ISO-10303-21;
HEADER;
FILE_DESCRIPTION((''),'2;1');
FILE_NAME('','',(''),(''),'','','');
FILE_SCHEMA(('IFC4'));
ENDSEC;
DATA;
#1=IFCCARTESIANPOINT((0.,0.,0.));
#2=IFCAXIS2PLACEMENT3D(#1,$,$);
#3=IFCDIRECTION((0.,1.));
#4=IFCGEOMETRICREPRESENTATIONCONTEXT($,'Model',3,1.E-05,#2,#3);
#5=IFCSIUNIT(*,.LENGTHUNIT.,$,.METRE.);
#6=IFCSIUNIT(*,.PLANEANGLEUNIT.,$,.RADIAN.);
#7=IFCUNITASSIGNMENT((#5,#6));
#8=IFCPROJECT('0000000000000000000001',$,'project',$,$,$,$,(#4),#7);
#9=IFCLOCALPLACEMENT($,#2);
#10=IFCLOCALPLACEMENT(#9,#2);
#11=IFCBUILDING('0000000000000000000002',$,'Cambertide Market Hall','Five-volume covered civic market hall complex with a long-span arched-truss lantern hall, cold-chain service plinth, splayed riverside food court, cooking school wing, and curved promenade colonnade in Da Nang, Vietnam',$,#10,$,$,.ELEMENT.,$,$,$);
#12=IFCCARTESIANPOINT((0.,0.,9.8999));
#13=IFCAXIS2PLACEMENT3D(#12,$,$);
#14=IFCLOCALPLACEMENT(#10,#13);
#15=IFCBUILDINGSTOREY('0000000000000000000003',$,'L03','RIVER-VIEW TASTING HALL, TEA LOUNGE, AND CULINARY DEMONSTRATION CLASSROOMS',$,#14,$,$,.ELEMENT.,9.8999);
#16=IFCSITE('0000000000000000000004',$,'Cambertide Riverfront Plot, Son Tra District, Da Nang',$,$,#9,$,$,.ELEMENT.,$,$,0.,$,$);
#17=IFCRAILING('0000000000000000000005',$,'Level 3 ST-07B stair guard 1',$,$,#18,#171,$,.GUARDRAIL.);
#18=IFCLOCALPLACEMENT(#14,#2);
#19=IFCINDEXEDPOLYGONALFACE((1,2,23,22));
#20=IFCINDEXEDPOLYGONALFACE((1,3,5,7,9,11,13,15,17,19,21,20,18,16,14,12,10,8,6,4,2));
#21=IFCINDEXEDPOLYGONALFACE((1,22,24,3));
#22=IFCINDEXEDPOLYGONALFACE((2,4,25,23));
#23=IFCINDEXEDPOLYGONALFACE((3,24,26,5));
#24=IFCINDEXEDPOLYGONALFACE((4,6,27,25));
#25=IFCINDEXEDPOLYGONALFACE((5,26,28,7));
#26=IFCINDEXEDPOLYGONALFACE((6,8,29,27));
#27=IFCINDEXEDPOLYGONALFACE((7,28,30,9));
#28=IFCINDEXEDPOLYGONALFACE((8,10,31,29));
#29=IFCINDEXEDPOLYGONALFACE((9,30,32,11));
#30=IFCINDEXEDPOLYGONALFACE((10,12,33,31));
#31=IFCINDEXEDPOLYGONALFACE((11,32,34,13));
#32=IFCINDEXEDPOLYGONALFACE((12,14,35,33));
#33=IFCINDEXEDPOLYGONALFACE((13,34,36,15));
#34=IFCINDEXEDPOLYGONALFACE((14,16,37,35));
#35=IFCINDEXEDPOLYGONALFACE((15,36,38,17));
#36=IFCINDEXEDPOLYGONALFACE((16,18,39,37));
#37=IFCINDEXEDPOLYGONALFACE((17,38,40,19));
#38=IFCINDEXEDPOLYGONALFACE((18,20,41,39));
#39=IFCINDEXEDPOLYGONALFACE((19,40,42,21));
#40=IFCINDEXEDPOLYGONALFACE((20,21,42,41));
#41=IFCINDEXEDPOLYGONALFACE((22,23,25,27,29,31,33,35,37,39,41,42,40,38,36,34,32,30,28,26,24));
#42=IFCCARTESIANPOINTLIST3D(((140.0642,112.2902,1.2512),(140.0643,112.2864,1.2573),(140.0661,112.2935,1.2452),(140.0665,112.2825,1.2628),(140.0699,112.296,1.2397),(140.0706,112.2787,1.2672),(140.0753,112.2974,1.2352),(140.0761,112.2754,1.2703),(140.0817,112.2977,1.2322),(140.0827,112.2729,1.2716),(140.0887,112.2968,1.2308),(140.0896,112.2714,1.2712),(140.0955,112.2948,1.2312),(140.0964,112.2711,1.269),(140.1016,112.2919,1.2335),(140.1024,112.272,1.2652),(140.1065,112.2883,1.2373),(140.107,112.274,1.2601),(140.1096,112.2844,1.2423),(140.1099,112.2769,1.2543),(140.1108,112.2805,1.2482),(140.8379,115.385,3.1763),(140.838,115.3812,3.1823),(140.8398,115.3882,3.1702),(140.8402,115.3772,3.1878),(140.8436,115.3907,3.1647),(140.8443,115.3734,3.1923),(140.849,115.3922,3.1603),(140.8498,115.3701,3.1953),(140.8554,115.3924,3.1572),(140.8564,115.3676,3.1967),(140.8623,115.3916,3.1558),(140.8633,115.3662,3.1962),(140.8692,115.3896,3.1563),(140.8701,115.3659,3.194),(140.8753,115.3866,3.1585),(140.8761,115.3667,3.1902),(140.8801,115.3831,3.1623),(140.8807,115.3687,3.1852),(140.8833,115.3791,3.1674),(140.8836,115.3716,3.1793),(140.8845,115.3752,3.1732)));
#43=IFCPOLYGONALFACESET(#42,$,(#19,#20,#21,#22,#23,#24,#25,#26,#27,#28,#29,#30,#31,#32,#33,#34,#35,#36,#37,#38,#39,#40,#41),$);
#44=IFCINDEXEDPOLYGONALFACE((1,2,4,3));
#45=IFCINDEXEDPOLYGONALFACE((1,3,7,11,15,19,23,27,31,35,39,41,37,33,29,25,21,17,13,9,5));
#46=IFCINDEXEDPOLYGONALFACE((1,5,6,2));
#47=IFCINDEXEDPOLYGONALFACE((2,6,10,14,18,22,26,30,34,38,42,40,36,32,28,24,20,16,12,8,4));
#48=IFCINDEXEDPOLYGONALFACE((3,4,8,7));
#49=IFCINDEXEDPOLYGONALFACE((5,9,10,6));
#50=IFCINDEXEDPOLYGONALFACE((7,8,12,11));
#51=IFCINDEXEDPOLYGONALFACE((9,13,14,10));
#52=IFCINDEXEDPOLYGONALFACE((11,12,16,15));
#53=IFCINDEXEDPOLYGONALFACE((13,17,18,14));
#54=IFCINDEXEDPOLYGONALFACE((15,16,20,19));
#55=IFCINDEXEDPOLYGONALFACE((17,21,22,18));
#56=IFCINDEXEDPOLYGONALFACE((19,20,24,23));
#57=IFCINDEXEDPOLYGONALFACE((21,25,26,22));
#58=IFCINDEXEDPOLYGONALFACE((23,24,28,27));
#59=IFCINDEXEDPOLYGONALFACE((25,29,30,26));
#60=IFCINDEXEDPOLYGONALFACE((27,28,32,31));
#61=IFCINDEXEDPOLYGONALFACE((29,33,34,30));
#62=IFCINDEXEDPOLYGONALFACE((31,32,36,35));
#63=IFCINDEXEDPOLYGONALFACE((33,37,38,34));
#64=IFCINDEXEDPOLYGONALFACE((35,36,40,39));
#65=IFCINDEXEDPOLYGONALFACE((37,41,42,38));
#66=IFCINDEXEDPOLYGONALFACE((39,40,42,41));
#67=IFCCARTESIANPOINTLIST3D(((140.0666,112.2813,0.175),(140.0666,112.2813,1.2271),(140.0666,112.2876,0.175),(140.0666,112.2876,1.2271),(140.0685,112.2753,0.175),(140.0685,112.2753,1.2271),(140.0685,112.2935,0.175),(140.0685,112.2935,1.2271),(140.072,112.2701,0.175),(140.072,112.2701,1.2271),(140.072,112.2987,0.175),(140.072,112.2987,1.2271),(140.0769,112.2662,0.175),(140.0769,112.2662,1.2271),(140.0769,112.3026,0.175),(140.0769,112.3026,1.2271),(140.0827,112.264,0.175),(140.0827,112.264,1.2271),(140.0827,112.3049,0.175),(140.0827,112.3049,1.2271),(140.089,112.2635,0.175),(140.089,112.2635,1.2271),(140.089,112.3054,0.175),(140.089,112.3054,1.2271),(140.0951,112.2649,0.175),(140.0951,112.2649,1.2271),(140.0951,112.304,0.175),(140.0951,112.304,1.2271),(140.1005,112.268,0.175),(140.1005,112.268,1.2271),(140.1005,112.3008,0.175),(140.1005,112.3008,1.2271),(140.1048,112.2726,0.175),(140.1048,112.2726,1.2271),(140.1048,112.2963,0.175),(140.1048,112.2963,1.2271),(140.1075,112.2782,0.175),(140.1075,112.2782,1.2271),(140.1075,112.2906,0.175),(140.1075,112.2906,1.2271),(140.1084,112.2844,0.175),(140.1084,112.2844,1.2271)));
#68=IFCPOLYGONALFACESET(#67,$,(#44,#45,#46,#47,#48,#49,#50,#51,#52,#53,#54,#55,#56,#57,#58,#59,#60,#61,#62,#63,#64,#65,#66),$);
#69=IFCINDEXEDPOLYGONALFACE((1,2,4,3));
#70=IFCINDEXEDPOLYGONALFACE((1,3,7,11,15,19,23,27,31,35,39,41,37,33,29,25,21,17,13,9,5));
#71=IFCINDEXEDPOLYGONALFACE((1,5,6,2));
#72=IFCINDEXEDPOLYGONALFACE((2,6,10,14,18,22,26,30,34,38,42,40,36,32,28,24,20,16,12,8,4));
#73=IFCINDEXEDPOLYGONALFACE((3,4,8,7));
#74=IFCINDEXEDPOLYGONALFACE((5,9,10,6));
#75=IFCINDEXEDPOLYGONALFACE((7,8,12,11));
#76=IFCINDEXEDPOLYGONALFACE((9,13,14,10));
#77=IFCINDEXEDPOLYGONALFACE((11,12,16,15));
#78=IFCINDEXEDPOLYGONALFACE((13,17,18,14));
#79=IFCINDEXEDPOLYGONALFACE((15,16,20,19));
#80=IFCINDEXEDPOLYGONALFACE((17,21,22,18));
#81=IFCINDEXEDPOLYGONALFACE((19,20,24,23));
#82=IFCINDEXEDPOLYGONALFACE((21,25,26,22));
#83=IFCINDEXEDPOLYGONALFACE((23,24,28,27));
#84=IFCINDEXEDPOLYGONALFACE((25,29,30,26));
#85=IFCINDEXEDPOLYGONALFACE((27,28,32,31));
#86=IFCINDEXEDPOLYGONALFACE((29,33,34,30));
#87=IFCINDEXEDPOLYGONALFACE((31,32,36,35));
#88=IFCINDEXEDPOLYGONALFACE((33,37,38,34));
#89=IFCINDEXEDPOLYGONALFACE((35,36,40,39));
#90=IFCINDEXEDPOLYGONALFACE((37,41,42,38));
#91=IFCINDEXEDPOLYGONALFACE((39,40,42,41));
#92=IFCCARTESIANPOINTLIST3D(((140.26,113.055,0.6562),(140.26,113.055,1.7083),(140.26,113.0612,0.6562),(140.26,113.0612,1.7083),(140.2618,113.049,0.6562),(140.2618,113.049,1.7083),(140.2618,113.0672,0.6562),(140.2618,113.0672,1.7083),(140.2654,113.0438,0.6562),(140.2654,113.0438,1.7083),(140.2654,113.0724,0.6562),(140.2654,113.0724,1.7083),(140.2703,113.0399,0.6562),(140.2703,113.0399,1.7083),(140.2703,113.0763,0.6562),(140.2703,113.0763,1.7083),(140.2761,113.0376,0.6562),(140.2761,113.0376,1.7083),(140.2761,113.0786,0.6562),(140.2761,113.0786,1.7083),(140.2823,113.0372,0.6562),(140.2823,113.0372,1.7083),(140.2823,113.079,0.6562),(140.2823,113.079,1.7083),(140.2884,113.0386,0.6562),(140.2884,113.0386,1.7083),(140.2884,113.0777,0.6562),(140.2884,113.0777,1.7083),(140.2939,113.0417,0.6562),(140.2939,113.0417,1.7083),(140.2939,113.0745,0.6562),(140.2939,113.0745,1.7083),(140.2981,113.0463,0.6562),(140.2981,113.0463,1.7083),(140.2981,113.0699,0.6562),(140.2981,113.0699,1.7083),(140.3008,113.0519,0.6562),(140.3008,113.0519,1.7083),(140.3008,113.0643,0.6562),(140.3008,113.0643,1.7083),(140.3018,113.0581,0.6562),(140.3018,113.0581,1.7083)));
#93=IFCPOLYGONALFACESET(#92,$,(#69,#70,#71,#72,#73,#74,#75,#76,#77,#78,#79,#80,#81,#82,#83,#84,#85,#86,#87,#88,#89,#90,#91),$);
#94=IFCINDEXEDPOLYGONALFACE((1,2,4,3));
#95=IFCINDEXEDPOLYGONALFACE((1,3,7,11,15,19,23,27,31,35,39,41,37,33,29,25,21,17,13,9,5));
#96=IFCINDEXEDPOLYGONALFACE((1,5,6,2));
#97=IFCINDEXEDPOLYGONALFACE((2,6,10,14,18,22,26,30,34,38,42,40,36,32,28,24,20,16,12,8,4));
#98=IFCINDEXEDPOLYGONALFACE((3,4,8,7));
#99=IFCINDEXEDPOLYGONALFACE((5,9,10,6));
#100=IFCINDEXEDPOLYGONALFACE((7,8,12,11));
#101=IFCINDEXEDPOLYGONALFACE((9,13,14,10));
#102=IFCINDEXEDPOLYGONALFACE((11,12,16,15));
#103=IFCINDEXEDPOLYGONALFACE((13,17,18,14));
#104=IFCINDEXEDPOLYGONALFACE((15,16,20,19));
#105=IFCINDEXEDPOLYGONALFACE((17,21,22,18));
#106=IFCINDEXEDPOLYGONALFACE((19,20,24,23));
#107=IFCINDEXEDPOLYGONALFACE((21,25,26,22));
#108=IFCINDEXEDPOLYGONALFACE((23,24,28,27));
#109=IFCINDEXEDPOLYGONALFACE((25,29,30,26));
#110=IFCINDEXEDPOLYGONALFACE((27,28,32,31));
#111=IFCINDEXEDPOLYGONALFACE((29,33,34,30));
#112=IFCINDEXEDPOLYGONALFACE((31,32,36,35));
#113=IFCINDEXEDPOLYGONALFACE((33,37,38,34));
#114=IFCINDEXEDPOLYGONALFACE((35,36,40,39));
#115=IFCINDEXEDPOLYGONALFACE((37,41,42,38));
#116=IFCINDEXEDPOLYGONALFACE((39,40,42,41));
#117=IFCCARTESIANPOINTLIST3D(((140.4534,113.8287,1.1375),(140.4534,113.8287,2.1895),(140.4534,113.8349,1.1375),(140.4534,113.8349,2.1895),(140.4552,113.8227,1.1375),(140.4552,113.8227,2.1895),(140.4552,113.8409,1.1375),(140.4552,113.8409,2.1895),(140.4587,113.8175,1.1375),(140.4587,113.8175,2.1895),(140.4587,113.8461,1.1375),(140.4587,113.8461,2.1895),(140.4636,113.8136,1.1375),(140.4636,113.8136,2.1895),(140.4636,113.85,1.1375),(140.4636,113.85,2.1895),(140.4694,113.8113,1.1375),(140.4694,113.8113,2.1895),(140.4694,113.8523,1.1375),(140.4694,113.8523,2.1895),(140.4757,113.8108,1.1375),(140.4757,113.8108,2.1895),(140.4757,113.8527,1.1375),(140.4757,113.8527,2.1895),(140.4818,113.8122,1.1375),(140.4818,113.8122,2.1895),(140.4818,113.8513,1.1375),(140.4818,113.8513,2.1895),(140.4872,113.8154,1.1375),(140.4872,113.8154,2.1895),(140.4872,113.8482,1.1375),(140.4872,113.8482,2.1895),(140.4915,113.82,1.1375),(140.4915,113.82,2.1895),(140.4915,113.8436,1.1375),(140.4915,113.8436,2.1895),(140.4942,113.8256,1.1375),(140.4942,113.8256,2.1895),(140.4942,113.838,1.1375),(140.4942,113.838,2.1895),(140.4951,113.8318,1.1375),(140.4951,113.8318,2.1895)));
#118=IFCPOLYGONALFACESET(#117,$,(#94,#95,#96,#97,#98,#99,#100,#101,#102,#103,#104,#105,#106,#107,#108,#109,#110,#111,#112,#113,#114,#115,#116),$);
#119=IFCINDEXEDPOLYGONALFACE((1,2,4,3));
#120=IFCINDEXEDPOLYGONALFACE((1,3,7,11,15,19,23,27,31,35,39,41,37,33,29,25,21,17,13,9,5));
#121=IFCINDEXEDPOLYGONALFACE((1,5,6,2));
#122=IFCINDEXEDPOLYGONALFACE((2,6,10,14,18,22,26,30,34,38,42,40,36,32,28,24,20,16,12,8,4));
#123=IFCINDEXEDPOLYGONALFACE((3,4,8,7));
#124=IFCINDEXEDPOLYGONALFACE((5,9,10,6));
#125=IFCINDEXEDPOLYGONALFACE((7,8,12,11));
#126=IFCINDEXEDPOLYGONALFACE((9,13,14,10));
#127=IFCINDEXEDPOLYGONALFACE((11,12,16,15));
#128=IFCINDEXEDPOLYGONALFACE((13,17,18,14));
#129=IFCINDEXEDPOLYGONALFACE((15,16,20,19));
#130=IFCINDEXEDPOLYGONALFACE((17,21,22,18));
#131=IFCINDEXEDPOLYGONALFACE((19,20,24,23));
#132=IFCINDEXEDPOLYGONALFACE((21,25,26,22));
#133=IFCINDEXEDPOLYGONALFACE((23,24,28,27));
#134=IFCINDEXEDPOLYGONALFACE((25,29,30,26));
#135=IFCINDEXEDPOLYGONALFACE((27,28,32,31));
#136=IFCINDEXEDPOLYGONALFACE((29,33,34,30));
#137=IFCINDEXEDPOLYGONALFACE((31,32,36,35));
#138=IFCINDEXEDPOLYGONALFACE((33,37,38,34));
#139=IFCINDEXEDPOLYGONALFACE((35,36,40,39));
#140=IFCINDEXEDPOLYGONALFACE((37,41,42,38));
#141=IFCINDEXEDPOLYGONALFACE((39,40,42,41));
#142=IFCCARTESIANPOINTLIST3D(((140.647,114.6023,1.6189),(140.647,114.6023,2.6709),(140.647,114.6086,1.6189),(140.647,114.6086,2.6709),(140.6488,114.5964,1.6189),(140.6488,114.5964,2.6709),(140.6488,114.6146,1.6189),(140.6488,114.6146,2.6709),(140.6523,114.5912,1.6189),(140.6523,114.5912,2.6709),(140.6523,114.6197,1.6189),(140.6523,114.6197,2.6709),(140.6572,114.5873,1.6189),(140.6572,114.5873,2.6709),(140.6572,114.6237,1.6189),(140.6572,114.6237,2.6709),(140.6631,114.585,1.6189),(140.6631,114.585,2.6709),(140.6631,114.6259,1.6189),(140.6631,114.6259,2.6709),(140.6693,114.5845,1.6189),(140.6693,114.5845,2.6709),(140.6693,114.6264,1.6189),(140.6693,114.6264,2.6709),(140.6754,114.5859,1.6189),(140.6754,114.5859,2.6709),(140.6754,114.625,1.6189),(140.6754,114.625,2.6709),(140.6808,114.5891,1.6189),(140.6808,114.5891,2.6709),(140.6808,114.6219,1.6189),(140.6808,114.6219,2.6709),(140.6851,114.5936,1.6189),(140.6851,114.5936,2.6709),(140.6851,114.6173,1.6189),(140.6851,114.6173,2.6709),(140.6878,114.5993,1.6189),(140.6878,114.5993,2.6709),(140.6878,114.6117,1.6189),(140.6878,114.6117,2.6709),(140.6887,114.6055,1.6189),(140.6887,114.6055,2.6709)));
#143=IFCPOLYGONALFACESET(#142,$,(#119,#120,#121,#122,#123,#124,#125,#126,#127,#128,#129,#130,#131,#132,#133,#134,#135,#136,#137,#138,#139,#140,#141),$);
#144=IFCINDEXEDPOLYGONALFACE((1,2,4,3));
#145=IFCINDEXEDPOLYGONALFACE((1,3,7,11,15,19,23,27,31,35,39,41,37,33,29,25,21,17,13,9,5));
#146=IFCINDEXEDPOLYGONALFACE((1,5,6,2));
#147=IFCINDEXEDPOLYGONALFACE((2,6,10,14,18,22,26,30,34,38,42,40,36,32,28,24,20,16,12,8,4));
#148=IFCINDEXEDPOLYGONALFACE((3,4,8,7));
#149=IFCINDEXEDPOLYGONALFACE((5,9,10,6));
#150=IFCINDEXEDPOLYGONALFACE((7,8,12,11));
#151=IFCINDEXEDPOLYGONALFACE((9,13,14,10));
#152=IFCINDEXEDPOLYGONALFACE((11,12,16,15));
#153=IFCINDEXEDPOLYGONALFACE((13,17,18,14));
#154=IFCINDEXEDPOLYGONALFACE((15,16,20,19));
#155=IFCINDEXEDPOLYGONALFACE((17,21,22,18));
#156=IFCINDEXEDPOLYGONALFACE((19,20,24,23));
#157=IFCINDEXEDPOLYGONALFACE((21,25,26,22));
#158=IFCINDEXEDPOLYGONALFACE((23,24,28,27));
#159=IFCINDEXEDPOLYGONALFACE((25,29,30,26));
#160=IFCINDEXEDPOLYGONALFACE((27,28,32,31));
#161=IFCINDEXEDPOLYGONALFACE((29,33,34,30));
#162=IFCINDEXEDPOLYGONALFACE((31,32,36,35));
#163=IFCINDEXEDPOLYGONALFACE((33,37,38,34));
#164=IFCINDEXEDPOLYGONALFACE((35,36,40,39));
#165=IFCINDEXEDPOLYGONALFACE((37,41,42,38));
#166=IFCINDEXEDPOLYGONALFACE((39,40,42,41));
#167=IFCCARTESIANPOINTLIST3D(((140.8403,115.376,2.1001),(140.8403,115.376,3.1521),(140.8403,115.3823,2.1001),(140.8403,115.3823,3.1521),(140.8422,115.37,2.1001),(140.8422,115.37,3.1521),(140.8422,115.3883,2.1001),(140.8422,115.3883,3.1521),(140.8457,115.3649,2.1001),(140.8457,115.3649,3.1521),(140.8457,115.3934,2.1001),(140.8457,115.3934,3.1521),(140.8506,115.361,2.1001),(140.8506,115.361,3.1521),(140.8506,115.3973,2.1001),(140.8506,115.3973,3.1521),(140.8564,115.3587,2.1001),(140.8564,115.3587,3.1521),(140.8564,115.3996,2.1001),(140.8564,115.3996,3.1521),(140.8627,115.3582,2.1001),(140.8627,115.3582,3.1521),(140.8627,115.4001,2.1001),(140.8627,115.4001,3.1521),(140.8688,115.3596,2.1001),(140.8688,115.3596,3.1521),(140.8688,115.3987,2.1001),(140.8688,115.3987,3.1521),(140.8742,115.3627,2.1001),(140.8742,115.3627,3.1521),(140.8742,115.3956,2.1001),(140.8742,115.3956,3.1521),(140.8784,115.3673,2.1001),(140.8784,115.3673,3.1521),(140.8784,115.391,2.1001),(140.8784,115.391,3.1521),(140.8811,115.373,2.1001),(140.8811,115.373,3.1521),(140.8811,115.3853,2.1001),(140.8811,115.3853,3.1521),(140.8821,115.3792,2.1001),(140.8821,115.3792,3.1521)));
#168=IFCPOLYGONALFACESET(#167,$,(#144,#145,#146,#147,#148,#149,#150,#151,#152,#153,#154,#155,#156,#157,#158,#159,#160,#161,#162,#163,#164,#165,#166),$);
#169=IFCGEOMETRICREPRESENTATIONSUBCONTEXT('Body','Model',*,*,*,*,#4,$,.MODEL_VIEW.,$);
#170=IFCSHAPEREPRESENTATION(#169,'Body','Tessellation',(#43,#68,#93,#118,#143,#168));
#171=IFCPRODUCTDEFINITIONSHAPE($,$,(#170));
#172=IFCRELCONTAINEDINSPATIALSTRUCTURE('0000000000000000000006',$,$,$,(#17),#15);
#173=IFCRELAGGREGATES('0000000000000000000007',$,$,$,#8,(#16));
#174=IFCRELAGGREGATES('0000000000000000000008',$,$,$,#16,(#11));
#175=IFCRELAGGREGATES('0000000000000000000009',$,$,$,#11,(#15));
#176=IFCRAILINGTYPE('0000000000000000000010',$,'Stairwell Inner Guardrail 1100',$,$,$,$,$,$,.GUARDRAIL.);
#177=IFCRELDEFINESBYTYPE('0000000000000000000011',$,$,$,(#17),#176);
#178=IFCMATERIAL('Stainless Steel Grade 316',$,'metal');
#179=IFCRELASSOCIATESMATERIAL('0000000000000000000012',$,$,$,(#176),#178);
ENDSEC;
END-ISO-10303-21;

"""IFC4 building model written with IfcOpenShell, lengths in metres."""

from ifc_helpers import new_model, si_unit, direction, frame, origin, origin_2d, place, context, subcontext, project, spatial, circle, extrude, material, type_object, element, save


model = new_model("IFC4")

# Units and contexts
model_context = context("Model", 3, precision=1e-05, world=origin(), true_north=direction((0.0, 1.0)))
body_context = subcontext(model_context, "Body", "Model", "MODEL_VIEW")
ifc_project = project(units=[si_unit("LENGTHUNIT", "METRE"), si_unit("PLANEANGLEUNIT", "RADIAN")], contexts=[model_context])

# Site, building, storey
site_placement = place(None, origin())
site = spatial("IfcSite", under=ifc_project, at=site_placement, Name="Cambertide Riverfront Plot, Son Tra District, Da Nang", CompositionType="ELEMENT", RefElevation=0.0)
building_placement = place(site_placement, origin())
building = spatial("IfcBuilding", under=site, at=building_placement, Name="Cambertide Market Hall", Description="Five-volume covered civic market hall complex with a long-span arched-truss lantern hall, cold-chain service plinth, splayed riverside food court, cooking school wing, and curved promenade colonnade in Da Nang, Vietnam", CompositionType="ELEMENT")
storey_placement = place(building_placement, frame((0.0, 0.0, 9.8999)))
storey = spatial("IfcBuildingStorey", under=building, at=storey_placement, Name="L03", Description="RIVER-VIEW TASTING HALL, TEA LOUNGE, AND CULINARY DEMONSTRATION CLASSROOMS", CompositionType="ELEMENT", Elevation=9.8999)

# Railing
ifc_material_1 = material(Name="Stainless Steel Grade 316", Category="metal")
railing_type_1 = type_object("IfcRailingType", Name="Stairwell Inner Guardrail 1100", PredefinedType="GUARDRAIL", material=ifc_material_1)
railing_1_placement = place(storey_placement, frame((140.0874, 112.2844, 0.175)))
element("IfcRailing", 1, at=railing_1_placement, inside=storey, type_object=railing_type_1, Name="Level 3 ST-07B stair guard 1", PredefinedType="GUARDRAIL", context=body_context, shape_type="SweptSolid", body=[
    extrude(circle(Radius=0.0239, at=origin_2d()), frame((0.0, 0.0, 1.0762), z_axis=(0.207654, 0.830616, 0.516678), x_axis=(-0.970143, 0.242536, 0.0)), (0.0, 0.0, 1.0), 3.7258),
    extrude(circle(Radius=0.021, at=origin_2d()), origin(), (0.0, 0.0, 1.0), 1.052),
    extrude(circle(Radius=0.021, at=origin_2d()), frame((0.1934, 0.7737, 0.4812)), (0.0, 0.0, 1.0), 1.052),
    extrude(circle(Radius=0.021, at=origin_2d()), frame((0.3867, 1.5474, 0.9624)), (0.0, 0.0, 1.0), 1.052),
    extrude(circle(Radius=0.021, at=origin_2d()), frame((0.5803, 2.321, 1.4438)), (0.0, 0.0, 1.0), 1.052),
    extrude(circle(Radius=0.021, at=origin_2d()), frame((0.7737, 3.0947, 1.925)), (0.0, 0.0, 1.0), 1.052),
])

save(model, "model.ifc")
